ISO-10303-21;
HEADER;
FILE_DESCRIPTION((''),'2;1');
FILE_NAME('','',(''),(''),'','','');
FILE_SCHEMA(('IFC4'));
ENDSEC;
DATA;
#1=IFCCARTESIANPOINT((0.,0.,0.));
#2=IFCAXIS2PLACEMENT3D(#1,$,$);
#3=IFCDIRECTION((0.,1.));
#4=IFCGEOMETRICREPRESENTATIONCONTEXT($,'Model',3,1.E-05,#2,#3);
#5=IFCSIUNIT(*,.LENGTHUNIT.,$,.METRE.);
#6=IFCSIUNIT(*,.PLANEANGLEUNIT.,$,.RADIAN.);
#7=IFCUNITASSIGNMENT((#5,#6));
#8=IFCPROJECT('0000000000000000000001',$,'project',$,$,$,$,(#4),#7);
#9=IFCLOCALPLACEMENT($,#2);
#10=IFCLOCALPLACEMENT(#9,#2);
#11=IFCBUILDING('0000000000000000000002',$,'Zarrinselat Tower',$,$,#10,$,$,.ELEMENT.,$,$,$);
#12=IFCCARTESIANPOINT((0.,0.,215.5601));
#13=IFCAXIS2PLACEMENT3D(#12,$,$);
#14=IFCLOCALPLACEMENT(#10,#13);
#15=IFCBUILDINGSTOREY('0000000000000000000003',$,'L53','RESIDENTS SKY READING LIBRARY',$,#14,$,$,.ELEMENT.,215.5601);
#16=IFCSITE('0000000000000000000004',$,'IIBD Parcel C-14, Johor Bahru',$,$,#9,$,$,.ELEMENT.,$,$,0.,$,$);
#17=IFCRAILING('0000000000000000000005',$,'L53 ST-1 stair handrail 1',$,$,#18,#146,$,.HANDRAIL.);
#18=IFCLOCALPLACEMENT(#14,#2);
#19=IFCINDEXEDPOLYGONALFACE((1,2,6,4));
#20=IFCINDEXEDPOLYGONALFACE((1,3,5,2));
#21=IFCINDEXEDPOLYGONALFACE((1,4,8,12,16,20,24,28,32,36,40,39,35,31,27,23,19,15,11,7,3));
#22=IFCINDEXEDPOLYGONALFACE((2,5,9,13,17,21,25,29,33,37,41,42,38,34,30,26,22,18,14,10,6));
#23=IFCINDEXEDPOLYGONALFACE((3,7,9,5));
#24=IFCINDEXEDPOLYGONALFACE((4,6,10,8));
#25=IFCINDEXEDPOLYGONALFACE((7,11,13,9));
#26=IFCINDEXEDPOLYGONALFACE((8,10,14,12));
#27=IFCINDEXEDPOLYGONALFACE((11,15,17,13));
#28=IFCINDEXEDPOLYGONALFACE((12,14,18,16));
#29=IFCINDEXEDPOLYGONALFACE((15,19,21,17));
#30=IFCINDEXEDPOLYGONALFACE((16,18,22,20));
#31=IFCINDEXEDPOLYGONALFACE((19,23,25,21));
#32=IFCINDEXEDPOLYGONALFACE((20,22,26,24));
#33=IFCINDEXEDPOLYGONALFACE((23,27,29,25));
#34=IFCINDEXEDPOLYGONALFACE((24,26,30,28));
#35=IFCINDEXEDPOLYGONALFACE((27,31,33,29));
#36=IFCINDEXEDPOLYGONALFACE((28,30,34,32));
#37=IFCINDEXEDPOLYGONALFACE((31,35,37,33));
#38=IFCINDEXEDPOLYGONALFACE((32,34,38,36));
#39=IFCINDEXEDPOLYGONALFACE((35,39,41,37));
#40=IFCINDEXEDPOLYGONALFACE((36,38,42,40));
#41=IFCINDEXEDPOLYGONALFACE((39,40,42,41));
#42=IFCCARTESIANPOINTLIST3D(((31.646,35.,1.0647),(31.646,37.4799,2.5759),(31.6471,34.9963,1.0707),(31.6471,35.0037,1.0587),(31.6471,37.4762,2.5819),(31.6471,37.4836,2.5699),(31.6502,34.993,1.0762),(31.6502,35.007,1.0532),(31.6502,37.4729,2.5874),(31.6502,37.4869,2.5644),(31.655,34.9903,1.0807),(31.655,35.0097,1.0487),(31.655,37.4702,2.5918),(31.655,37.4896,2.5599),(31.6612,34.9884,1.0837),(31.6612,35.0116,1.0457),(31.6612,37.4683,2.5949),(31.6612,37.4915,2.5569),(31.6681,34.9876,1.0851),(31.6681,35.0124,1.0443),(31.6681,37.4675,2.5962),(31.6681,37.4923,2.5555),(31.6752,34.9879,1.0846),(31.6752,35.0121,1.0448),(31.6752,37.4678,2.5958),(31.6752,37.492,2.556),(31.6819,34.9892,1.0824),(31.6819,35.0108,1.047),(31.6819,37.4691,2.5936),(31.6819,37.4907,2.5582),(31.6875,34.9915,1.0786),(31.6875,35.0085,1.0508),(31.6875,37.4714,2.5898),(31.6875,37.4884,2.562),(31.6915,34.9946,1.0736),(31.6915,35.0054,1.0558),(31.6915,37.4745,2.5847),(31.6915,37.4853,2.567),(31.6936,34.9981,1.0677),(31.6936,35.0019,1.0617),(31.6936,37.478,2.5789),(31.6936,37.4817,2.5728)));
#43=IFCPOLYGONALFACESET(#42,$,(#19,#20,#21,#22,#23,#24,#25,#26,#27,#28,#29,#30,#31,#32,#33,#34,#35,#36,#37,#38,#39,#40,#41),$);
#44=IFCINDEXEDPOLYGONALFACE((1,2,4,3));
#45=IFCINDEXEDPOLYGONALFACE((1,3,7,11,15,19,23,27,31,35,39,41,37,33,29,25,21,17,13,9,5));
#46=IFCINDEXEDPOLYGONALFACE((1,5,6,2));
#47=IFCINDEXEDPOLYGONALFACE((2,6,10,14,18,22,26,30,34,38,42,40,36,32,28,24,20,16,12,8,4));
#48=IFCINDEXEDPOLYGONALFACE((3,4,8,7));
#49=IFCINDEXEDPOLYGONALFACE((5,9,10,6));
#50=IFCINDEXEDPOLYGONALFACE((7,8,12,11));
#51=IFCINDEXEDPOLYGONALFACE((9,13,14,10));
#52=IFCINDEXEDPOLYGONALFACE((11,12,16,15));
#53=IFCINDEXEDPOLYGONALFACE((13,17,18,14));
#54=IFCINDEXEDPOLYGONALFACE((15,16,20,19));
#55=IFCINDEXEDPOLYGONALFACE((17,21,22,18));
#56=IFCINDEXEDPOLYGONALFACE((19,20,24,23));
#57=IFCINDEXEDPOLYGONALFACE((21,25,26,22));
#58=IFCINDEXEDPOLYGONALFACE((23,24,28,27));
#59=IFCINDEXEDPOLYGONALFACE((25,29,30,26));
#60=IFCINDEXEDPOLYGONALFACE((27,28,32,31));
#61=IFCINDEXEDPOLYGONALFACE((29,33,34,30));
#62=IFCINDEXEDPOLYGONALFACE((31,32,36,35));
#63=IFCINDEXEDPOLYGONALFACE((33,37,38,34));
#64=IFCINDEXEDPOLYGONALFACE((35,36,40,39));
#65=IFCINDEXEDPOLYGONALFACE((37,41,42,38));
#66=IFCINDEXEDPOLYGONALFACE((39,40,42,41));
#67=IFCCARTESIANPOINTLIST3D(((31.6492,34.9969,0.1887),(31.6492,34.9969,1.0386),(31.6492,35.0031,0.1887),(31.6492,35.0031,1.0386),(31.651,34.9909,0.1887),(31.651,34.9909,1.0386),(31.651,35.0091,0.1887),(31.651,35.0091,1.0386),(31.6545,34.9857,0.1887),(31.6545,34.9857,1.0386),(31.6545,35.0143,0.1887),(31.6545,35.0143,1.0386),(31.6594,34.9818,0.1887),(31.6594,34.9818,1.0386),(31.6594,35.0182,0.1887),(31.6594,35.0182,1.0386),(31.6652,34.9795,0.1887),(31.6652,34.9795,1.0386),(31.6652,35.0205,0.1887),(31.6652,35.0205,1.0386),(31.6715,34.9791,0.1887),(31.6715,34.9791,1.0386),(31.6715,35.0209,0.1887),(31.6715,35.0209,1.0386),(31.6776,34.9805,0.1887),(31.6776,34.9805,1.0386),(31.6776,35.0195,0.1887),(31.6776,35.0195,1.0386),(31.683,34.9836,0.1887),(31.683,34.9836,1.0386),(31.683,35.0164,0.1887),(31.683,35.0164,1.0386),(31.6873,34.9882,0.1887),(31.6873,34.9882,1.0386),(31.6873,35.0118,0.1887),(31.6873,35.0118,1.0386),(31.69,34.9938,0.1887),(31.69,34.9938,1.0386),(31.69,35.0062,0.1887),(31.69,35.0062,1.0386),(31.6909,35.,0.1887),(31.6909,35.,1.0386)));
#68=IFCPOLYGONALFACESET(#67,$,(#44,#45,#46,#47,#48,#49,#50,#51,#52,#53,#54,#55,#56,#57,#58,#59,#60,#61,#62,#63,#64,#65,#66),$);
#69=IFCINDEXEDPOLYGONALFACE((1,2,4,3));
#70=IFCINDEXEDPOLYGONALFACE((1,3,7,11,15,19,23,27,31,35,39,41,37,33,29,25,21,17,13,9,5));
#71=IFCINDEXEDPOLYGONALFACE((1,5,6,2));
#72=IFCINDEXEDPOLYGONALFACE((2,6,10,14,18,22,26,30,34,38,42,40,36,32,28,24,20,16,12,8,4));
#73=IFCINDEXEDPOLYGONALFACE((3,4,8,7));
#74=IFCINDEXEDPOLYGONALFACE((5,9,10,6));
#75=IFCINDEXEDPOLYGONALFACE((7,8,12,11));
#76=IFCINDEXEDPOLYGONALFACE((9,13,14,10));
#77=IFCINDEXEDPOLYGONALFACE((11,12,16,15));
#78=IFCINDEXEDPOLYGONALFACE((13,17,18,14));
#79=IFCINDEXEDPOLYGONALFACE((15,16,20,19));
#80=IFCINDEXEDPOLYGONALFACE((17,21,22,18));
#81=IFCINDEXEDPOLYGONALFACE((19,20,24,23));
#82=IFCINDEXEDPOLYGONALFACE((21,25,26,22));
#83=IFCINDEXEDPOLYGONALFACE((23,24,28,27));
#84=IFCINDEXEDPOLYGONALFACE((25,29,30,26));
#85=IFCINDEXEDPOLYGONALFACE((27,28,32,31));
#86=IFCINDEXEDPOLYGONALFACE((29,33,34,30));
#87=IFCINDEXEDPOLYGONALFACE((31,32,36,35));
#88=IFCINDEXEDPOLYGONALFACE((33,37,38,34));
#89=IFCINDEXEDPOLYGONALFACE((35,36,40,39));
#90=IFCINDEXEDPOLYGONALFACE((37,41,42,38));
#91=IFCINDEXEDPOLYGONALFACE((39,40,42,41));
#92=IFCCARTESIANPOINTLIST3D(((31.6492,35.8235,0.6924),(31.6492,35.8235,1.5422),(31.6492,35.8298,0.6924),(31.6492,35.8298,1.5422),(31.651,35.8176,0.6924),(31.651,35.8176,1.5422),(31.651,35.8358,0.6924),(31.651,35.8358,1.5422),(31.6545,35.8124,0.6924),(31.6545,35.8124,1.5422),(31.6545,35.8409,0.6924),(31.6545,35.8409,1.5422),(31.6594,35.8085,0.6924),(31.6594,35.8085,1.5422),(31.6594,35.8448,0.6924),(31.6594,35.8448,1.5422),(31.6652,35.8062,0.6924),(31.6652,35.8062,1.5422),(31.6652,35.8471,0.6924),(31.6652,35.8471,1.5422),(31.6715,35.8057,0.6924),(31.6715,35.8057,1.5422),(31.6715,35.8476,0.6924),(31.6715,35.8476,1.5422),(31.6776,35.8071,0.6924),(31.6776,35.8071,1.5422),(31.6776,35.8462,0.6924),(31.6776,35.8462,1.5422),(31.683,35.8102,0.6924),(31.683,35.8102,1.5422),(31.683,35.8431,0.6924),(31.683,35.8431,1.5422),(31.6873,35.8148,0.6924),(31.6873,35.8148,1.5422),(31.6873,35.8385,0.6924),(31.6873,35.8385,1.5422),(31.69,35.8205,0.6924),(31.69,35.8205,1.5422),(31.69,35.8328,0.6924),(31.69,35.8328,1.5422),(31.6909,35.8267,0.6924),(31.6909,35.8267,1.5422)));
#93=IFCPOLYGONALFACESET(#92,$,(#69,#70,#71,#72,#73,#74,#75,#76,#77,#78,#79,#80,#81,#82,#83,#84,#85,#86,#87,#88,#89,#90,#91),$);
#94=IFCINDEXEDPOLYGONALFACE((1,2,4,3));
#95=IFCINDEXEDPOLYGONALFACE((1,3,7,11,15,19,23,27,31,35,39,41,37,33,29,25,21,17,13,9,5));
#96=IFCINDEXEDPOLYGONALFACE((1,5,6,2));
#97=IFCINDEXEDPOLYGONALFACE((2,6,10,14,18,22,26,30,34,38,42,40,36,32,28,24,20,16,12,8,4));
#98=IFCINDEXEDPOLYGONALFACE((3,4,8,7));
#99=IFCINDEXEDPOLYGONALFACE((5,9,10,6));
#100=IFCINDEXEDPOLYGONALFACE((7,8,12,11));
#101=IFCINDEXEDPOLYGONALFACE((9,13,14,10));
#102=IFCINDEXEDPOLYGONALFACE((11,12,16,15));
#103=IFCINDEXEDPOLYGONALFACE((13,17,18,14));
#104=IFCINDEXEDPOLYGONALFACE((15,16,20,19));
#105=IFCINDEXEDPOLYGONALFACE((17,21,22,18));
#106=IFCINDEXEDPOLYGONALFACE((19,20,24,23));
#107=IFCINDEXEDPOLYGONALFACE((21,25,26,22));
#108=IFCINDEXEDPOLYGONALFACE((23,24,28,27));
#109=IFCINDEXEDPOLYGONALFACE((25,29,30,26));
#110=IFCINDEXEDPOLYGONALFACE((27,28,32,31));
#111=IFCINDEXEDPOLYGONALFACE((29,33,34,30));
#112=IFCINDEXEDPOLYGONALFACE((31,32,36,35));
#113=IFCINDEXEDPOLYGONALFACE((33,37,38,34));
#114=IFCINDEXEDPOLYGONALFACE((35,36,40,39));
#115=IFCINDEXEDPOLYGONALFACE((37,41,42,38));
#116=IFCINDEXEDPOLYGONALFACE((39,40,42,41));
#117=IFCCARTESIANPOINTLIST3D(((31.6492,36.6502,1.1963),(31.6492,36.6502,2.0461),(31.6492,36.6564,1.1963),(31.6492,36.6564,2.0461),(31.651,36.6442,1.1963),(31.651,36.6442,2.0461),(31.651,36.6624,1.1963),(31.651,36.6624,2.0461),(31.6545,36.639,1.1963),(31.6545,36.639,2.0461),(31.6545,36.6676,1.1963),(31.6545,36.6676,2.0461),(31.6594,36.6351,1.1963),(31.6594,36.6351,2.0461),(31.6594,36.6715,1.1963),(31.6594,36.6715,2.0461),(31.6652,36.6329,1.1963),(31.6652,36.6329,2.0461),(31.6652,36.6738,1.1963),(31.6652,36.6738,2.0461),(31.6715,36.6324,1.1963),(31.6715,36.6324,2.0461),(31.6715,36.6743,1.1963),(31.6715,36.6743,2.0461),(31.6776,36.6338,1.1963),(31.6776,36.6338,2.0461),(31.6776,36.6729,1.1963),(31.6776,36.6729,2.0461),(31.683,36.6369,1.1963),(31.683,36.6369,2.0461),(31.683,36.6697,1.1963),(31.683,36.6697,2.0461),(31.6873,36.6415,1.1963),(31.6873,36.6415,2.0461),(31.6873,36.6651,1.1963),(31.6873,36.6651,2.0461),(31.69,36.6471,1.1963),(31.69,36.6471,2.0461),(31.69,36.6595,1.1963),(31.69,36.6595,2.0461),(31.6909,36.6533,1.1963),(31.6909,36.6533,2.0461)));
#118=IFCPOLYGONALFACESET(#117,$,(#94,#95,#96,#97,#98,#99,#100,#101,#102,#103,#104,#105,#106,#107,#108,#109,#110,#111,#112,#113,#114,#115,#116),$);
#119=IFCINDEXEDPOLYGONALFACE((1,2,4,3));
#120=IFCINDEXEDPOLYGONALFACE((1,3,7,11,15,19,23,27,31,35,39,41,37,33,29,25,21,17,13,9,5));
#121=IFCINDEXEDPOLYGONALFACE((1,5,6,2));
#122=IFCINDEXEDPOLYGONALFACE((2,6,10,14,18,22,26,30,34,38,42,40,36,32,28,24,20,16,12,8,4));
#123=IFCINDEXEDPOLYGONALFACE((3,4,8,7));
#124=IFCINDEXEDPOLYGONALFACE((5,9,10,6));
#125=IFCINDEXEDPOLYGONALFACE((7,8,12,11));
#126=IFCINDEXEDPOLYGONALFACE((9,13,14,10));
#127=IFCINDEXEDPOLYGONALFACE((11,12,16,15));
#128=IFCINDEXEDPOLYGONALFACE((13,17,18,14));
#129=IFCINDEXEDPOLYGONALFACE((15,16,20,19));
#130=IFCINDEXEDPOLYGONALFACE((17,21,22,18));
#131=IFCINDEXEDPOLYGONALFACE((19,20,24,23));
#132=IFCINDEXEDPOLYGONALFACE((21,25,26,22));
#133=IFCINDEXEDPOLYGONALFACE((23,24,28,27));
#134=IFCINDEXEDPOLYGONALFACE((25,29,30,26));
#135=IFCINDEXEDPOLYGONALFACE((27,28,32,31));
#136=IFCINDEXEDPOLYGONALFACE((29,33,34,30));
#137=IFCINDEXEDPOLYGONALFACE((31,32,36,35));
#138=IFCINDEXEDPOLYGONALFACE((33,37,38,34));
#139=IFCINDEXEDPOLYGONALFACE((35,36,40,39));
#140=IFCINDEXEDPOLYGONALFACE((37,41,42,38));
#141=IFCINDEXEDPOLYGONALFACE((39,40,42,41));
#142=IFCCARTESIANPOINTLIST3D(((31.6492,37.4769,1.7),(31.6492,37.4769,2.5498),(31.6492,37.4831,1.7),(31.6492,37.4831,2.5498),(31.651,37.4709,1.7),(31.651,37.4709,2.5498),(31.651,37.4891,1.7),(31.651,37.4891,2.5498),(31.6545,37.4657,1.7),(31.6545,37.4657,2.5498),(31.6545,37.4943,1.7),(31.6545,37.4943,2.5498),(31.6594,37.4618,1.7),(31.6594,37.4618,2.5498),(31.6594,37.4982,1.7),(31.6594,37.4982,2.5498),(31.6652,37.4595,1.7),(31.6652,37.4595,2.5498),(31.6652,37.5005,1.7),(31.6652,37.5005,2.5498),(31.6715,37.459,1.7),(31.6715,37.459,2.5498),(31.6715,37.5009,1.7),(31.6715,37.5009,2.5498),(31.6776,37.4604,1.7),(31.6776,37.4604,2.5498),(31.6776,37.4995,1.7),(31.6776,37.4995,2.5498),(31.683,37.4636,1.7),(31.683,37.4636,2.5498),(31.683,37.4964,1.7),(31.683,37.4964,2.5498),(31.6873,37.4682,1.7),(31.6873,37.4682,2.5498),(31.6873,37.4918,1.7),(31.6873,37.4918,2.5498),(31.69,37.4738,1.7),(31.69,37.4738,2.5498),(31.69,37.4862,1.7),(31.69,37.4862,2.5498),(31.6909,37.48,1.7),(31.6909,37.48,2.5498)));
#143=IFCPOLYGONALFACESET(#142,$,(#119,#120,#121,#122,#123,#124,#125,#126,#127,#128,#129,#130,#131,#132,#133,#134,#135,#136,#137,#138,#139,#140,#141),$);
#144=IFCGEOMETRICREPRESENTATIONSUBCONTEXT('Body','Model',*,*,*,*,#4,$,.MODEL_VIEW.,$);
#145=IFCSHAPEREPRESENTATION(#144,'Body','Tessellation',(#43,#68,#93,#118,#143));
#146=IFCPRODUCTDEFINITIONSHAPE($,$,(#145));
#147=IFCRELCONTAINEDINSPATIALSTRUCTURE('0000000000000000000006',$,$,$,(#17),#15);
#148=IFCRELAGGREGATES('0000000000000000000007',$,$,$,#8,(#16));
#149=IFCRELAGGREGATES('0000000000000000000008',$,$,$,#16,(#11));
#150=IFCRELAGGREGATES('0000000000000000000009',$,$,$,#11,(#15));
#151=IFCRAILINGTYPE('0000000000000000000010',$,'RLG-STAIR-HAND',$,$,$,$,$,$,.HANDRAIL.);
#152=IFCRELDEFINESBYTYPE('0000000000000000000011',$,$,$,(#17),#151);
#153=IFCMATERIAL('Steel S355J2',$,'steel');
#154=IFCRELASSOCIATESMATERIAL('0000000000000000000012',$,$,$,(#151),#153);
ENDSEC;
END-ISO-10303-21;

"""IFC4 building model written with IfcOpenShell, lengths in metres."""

from ifc_helpers import new_model, si_unit, direction, frame, origin, origin_2d, place, context, subcontext, project, spatial, circle, extrude, material, type_object, element, save


model = new_model("IFC4")

# Units and contexts
model_context = context("Model", 3, precision=1e-05, world=origin(), true_north=direction((0.0, 1.0)))
body_context = subcontext(model_context, "Body", "Model", "MODEL_VIEW")
ifc_project = project(units=[si_unit("LENGTHUNIT", "METRE"), si_unit("PLANEANGLEUNIT", "RADIAN")], contexts=[model_context])

# Site, building, storey
site_placement = place(None, origin())
site = spatial("IfcSite", under=ifc_project, at=site_placement, Name="IIBD Parcel C-14, Johor Bahru", CompositionType="ELEMENT", RefElevation=0.0)
building_placement = place(site_placement, origin())
building = spatial("IfcBuilding", under=site, at=building_placement, Name="Zarrinselat Tower", CompositionType="ELEMENT")
storey_placement = place(building_placement, frame((0.0, 0.0, 215.5601)))
storey = spatial("IfcBuildingStorey", under=building, at=storey_placement, Name="L53", Description="RESIDENTS SKY READING LIBRARY", CompositionType="ELEMENT", Elevation=215.5601)

# Railing
ifc_material_1 = material(Name="Steel S355J2", Category="steel")
railing_type_1 = type_object("IfcRailingType", Name="RLG-STAIR-HAND", PredefinedType="HANDRAIL", material=ifc_material_1)
railing_1_placement = place(storey_placement, frame((31.6699, 35.0, 0.1887)))
element("IfcRailing", 1, at=railing_1_placement, inside=storey, type_object=railing_type_1, Name="L53 ST-1 stair handrail 1", PredefinedType="HANDRAIL", context=body_context, shape_type="SweptSolid", body=[
    extrude(circle(Radius=0.0239, at=origin_2d()), frame((0.0, 0.0, 0.876), z_axis=(0.0, 0.853942, 0.520368), x_axis=(-1.0, 0.0, 0.0)), (0.0, 0.0, 1.0), 2.9041),
    extrude(circle(Radius=0.021, at=origin_2d()), origin(), (0.0, 0.0, 1.0), 0.8499),
    extrude(circle(Radius=0.021, at=origin_2d()), frame((0.0, 0.8267, 0.5037)), (0.0, 0.0, 1.0), 0.8499),
    extrude(circle(Radius=0.021, at=origin_2d()), frame((0.0, 1.6533, 1.0076)), (0.0, 0.0, 1.0), 0.8499),
    extrude(circle(Radius=0.021, at=origin_2d()), frame((0.0, 2.48, 1.5112)), (0.0, 0.0, 1.0), 0.8499),
])

save(model, "model.ifc")
